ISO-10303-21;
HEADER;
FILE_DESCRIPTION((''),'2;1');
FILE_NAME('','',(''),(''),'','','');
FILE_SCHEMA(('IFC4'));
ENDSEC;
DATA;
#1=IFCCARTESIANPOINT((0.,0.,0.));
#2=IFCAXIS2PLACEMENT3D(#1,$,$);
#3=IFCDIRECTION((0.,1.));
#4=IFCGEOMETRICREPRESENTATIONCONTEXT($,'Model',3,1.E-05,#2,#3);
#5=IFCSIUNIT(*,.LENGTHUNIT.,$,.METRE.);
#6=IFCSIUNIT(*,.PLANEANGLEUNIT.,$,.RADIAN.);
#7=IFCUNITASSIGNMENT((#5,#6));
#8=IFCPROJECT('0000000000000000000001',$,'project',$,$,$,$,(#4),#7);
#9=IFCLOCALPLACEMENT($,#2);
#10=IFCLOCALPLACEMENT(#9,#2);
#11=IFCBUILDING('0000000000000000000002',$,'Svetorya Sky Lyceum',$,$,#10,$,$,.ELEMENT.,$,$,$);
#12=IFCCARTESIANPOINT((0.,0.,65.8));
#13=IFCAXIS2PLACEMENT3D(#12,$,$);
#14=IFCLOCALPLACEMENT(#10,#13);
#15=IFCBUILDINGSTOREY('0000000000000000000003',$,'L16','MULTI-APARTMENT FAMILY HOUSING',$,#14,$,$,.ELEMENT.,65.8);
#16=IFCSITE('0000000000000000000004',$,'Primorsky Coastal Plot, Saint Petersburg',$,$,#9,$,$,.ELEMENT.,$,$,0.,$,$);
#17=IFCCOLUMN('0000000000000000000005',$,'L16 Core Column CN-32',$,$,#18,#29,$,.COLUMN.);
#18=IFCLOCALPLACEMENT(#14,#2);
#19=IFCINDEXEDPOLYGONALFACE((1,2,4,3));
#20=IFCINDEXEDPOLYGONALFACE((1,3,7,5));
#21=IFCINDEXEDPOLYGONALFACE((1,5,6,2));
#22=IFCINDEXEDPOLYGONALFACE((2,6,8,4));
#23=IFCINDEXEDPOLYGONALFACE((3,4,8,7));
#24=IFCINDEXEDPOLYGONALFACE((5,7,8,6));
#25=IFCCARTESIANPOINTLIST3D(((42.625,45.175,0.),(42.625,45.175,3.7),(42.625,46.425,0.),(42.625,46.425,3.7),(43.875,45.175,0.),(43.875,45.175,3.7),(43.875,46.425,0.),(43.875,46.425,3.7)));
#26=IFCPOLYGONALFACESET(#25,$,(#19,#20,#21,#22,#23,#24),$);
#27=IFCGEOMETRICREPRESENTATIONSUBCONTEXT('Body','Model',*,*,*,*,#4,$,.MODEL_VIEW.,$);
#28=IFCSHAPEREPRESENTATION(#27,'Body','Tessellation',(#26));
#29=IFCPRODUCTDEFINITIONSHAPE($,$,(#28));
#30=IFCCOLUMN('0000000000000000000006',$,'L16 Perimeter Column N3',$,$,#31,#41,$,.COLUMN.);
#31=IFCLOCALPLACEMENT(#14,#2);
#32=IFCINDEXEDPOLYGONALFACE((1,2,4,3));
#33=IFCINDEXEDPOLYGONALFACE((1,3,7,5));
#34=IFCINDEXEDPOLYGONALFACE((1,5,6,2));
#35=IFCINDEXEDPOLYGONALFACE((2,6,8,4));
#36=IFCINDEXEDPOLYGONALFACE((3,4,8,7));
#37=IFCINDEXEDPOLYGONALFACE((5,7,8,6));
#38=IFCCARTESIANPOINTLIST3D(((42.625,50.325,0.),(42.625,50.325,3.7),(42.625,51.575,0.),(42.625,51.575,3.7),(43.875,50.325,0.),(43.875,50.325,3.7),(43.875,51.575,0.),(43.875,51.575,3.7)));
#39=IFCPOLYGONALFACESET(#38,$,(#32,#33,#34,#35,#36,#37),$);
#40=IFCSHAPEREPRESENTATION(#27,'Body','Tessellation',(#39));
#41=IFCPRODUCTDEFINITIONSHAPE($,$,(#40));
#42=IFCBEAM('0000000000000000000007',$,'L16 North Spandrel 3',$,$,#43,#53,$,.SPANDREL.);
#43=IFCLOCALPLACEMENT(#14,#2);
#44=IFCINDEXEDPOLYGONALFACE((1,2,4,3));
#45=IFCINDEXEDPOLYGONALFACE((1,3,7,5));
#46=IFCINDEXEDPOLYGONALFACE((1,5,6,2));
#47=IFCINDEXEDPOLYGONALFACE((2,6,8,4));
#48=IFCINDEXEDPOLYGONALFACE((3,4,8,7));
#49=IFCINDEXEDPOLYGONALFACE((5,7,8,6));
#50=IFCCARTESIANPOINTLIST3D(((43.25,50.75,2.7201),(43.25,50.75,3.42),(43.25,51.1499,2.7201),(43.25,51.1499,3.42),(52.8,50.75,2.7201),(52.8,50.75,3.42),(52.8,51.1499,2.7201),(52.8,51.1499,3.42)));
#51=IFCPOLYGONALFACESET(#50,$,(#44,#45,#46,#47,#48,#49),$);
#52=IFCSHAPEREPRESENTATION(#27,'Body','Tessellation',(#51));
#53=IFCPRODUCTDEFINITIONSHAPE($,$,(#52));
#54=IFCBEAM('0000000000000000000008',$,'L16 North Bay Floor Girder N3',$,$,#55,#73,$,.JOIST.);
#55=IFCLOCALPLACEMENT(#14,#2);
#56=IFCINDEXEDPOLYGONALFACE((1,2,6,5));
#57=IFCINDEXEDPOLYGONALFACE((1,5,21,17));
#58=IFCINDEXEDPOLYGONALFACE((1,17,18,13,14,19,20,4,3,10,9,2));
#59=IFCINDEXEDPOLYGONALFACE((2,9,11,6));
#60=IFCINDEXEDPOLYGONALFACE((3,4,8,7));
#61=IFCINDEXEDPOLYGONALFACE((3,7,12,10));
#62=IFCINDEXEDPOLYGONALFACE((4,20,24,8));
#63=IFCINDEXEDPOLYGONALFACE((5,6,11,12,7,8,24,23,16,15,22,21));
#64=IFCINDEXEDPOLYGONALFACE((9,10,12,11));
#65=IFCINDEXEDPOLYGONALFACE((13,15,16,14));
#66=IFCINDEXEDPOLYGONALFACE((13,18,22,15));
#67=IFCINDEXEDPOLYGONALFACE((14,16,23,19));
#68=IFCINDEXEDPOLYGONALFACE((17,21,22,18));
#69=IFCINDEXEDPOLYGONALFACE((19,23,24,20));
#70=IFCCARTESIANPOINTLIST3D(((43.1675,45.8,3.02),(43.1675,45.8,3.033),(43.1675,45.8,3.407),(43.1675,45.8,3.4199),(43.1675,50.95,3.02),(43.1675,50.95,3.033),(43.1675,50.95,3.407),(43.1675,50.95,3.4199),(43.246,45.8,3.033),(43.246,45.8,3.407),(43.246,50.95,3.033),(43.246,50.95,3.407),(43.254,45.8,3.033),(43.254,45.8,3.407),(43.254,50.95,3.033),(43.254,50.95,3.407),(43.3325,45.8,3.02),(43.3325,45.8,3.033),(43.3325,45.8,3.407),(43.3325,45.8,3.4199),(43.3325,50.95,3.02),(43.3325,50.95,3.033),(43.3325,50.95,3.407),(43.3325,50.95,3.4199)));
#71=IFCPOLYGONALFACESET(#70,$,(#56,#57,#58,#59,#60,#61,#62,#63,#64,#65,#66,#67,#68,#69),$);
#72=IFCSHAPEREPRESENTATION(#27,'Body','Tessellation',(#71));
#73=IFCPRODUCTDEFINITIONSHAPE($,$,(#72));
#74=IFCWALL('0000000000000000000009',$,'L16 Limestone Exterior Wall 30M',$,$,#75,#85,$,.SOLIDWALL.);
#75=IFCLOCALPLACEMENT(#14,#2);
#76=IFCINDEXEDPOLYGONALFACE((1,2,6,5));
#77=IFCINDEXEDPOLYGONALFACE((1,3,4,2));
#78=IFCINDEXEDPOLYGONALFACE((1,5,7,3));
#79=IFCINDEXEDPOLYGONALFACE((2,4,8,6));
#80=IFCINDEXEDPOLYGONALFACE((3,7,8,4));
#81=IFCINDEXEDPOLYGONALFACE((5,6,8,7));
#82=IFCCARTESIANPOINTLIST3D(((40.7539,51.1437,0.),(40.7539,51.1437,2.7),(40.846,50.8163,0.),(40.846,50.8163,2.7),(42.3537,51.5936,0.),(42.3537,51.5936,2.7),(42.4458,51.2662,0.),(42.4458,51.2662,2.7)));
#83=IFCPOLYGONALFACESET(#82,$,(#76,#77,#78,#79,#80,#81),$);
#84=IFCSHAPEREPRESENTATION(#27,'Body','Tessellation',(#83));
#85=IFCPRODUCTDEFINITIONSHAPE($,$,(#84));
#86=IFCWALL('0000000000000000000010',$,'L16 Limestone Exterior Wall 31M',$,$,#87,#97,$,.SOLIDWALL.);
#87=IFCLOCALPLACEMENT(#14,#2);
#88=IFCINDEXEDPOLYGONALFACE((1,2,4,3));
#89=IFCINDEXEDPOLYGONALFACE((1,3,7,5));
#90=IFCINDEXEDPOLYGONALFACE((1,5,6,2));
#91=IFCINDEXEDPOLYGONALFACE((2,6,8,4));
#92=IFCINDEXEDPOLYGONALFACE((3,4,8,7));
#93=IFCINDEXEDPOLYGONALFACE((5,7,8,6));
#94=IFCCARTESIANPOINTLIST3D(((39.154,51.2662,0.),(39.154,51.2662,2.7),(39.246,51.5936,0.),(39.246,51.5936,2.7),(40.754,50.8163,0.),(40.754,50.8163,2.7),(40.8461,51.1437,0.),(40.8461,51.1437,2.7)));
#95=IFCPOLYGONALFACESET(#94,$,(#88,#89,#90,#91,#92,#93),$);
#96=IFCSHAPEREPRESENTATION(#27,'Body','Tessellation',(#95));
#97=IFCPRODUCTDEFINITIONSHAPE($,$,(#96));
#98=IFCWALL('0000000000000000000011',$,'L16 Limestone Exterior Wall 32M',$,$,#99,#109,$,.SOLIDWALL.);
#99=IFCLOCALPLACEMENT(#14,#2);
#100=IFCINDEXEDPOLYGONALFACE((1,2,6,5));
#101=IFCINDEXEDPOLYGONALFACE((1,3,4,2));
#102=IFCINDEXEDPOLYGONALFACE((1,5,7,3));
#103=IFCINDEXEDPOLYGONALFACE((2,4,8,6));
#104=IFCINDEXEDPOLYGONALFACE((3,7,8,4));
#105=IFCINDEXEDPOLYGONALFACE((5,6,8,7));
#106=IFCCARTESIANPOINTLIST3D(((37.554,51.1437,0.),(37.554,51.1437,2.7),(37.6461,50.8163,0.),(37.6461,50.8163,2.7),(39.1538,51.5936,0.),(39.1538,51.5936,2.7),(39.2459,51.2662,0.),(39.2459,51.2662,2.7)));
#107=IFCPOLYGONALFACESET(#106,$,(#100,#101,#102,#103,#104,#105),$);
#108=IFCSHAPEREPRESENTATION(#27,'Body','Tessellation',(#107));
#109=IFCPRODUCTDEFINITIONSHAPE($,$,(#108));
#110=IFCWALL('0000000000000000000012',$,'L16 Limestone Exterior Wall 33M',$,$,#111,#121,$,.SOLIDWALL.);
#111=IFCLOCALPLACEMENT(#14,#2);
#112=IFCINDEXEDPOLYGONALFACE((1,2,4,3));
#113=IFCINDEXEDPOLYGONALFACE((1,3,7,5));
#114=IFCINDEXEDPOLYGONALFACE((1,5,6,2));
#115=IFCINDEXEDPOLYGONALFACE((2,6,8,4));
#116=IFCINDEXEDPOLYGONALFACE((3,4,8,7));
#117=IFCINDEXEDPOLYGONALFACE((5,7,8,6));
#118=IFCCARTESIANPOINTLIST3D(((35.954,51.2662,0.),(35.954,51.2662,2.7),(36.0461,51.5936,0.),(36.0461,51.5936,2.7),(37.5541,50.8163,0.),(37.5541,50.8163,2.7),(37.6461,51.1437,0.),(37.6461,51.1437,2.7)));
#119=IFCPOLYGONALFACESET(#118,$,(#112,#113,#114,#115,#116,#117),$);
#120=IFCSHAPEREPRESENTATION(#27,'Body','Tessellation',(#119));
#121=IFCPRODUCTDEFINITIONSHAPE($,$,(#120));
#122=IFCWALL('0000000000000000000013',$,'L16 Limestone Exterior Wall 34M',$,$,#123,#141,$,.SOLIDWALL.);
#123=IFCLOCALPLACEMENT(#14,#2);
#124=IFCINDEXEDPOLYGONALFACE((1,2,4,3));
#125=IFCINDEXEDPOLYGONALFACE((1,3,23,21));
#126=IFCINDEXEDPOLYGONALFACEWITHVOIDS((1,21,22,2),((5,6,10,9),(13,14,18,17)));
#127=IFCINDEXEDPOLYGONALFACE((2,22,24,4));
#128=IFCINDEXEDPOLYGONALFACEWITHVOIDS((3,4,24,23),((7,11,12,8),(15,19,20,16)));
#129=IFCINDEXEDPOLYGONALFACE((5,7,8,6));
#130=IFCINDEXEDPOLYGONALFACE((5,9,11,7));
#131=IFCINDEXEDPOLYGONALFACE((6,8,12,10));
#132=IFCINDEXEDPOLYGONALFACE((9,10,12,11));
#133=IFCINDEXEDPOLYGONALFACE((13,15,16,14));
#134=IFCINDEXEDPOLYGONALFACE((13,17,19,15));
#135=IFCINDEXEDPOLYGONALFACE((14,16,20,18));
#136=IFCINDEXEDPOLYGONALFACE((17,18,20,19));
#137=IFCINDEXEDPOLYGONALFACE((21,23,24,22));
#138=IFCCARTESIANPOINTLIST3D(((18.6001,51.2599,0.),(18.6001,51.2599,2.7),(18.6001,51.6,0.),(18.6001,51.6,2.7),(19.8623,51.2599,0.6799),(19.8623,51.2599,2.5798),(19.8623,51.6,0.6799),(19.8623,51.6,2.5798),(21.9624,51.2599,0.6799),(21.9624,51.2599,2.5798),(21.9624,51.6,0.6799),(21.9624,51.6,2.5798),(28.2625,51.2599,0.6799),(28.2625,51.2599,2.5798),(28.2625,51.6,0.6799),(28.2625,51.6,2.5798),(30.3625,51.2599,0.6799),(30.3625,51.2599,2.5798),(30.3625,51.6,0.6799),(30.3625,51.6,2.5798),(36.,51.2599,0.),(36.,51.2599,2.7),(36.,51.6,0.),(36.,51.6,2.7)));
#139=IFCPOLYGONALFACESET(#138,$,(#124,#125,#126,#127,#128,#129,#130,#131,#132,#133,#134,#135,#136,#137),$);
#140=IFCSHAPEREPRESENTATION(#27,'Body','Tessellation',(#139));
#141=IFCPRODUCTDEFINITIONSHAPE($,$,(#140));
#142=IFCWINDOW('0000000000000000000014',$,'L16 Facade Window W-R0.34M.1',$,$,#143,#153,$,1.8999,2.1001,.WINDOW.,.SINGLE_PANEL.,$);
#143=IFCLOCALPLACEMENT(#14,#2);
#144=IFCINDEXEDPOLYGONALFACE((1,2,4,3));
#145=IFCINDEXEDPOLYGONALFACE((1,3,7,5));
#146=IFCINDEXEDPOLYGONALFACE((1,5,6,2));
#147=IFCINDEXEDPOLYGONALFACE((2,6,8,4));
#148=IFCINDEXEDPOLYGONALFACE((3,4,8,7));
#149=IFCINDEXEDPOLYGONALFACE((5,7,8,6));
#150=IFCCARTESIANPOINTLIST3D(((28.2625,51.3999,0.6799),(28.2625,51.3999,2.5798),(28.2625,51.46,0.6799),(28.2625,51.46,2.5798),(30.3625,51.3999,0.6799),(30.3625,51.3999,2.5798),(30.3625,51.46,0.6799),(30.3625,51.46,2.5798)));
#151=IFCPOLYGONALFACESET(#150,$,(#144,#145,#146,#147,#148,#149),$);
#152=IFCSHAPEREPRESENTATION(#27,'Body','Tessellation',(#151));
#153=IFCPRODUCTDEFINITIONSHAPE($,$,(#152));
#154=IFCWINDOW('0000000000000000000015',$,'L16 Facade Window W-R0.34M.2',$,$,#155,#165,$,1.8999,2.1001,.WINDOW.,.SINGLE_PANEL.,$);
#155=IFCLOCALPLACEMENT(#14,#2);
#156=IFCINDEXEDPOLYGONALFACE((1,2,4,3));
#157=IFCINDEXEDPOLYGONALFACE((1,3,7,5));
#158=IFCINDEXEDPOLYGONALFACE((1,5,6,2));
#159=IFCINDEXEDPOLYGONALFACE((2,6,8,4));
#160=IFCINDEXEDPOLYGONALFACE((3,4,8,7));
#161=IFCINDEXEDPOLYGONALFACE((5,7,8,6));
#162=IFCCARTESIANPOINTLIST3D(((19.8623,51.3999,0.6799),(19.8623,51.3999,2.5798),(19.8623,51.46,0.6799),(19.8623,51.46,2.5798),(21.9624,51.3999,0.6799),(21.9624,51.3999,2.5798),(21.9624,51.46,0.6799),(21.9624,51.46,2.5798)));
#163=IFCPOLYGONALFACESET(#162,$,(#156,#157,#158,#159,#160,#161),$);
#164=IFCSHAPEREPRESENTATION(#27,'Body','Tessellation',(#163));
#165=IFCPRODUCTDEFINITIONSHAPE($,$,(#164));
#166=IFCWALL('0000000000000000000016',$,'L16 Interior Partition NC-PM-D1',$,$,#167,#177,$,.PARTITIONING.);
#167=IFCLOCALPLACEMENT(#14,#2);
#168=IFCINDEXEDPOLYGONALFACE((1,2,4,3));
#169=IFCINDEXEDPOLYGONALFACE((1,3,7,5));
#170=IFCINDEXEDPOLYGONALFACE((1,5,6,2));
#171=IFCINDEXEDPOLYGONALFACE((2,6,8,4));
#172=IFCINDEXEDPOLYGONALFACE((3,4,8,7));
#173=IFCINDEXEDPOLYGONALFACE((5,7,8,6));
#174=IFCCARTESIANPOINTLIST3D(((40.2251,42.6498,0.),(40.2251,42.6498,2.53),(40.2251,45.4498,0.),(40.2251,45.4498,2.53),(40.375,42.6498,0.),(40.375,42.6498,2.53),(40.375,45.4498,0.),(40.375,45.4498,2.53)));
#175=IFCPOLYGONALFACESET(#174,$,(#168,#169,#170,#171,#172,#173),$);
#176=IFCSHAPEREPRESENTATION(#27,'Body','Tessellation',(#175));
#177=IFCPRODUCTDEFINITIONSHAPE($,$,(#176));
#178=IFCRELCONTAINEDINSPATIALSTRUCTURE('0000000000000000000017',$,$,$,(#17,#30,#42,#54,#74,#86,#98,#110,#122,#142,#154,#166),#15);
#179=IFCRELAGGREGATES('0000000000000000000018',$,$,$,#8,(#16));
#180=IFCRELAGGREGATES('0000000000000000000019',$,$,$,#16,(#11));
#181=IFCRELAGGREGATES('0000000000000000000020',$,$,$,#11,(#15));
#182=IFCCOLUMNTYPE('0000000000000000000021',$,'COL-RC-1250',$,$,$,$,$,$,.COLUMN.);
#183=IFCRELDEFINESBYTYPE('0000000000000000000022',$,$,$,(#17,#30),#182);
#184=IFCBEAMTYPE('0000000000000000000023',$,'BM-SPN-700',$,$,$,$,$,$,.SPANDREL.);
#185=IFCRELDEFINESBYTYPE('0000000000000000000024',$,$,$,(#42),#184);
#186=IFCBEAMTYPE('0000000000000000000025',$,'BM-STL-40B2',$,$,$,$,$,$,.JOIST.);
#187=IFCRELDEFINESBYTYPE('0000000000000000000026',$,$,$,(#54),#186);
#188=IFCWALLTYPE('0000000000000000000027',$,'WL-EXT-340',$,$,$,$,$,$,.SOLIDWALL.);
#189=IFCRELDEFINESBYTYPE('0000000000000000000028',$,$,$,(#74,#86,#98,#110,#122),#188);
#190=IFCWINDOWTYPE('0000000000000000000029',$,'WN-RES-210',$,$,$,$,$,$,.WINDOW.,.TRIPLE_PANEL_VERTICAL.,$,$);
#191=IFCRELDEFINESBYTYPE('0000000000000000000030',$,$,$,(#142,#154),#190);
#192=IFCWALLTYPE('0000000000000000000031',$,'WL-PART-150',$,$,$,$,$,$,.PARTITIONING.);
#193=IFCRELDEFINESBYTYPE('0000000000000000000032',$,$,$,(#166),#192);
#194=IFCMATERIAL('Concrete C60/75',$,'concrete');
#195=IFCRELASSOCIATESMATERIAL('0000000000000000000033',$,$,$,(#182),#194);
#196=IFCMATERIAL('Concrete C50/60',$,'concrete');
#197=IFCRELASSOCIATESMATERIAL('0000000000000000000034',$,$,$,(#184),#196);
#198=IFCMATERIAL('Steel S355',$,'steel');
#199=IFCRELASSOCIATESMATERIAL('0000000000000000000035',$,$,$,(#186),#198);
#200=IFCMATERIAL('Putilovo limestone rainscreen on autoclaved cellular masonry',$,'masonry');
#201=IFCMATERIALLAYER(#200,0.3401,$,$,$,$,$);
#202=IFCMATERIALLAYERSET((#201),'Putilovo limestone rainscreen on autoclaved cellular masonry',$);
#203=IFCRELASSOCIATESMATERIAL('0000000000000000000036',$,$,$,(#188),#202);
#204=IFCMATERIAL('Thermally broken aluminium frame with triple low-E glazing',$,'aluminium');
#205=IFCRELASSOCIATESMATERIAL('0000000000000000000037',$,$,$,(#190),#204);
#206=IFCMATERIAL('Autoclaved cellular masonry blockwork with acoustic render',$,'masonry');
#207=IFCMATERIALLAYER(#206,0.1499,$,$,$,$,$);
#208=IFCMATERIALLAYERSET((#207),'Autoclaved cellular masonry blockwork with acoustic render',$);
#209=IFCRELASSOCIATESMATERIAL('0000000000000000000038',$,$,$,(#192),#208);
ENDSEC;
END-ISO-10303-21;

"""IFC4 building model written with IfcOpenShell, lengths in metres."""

from ifc_helpers import new_model, si_unit, direction, frame, frame_2d, origin, origin_2d, place, context, subcontext, project, spatial, rectangle, i_section, extrude, material, layer, layer_set, material_profile, profile_set, type_object, element, fill, save


model = new_model("IFC4")

# Units and contexts
model_context = context("Model", 3, precision=1e-05, world=origin(), true_north=direction((0.0, 1.0)))
body_context = subcontext(model_context, "Body", "Model", "MODEL_VIEW")
ifc_project = project(units=[si_unit("LENGTHUNIT", "METRE"), si_unit("PLANEANGLEUNIT", "RADIAN")], contexts=[model_context])

# Site, building, storey
site_placement = place(None, origin())
site = spatial("IfcSite", under=ifc_project, at=site_placement, Name="Primorsky Coastal Plot, Saint Petersburg", CompositionType="ELEMENT", RefElevation=0.0)
building_placement = place(site_placement, origin())
building = spatial("IfcBuilding", under=site, at=building_placement, Name="Svetorya Sky Lyceum", CompositionType="ELEMENT")
storey_placement = place(building_placement, frame((0.0, 0.0, 65.8)))
storey = spatial("IfcBuildingStorey", under=building, at=storey_placement, Name="L16", Description="MULTI-APARTMENT FAMILY HOUSING", CompositionType="ELEMENT", Elevation=65.8)

# Columns
ifc_material_1 = material(Name="Concrete C60/75", Category="concrete")
ifc_material_profile_1 = material_profile(ifc_material_1, rectangle(XDim=1.25, YDim=1.25, at=origin_2d()), Name="RC COL 1250x1250")
ifc_profile_set_1 = profile_set([ifc_material_profile_1], Name="Concrete C60/75")
column_type = type_object("IfcColumnType", Name="COL-RC-1250", PredefinedType="COLUMN", material=ifc_profile_set_1)
for number, where, z_axis, x_axis, name in (
    (1, (43.25, 45.8, 0.0), (0.0, 0.0, 1.0), (1.0, 0.0, 0.0), "L16 Core Column CN-32"),
    (2, (43.25, 50.95, 0.0), (0.0, 0.0, 1.0), (1.0, 0.0, 0.0), "L16 Perimeter Column N3"),
):
    element("IfcColumn", number, at=place(storey_placement, frame(where, z_axis=z_axis, x_axis=x_axis)), inside=storey, type_object=column_type, Name=name, PredefinedType="COLUMN", context=body_context, shape_type="SweptSolid", body=[
        extrude(rectangle(XDim=1.25, YDim=1.25, at=origin_2d()), origin(), (0.0, 0.0, 1.0), 3.7),
    ])

# Beams
ifc_material_2 = material(Name="Concrete C50/60", Category="concrete")
ifc_material_profile_2 = material_profile(ifc_material_2, rectangle(XDim=0.3999, YDim=0.7, at=origin_2d()), Name="RC SPANDREL 400x700")
ifc_profile_set_2 = profile_set([ifc_material_profile_2], Name="Concrete C50/60")
beam_type_1 = type_object("IfcBeamType", Name="BM-SPN-700", PredefinedType="SPANDREL", material=ifc_profile_set_2)
beam_1_placement = place(storey_placement, frame((43.25, 50.95, 3.0701), z_axis=(1.0, 0.0, 0.0), x_axis=(0.0, 1.0, 0.0)))
element("IfcBeam", 3, at=beam_1_placement, inside=storey, type_object=beam_type_1, Name="L16 North Spandrel 3", PredefinedType="SPANDREL", context=body_context, shape_type="SweptSolid", body=[
    extrude(rectangle(XDim=0.3999, YDim=0.7, at=origin_2d()), origin(), (0.0, 0.0, 1.0), 9.55),
])
ifc_material_3 = material(Name="Steel S355", Category="steel")
ifc_material_profile_3 = material_profile(ifc_material_3, i_section(OverallWidth=0.165, OverallDepth=0.3999, WebThickness=0.0081, FlangeThickness=0.0129, at=origin_2d()), Name="GOST 40B2")
ifc_profile_set_3 = profile_set([ifc_material_profile_3], Name="Steel S355")
beam_type_2 = type_object("IfcBeamType", Name="BM-STL-40B2", PredefinedType="JOIST", material=ifc_profile_set_3)
beam_2_placement = place(storey_placement, frame((43.25, 45.8, 3.22), z_axis=(0.0, 1.0, 0.0), x_axis=(-1.0, 0.0, 0.0)))
element("IfcBeam", 4, at=beam_2_placement, inside=storey, type_object=beam_type_2, Name="L16 North Bay Floor Girder N3", PredefinedType="JOIST", context=body_context, shape_type="SweptSolid", body=[
    extrude(i_section(OverallWidth=0.165, OverallDepth=0.3999, WebThickness=0.0081, FlangeThickness=0.0129, at=origin_2d()), origin(), (0.0, 0.0, 1.0), 5.1499),
])

# Walls
ifc_material_4 = material(Name="Putilovo limestone rainscreen on autoclaved cellular masonry", Category="masonry")
ifc_layer_1 = layer(ifc_material_4, 0.3401)
ifc_layer_set_1 = layer_set([ifc_layer_1], Name="Putilovo limestone rainscreen on autoclaved cellular masonry")
wall_type_1 = type_object("IfcWallType", Name="WL-EXT-340", PredefinedType="SOLIDWALL", material=ifc_layer_set_1)
wall_1_placement = place(storey_placement, frame((42.3999, 51.4299, 0.0), z_axis=(0.0, 0.0, 1.0), x_axis=(-0.962652, -0.270741, 0.0)))
element("IfcWall", 5, at=wall_1_placement, inside=storey, type_object=wall_type_1, Name="L16 Limestone Exterior Wall 30M", PredefinedType="SOLIDWALL", context=body_context, shape_type="SweptSolid", body=[
    extrude(rectangle(XDim=1.6619, YDim=0.3401, at=frame_2d((0.8311, 0.0))), origin(), (0.0, 0.0, 1.0), 2.7),
])
wall_2_placement = place(storey_placement, frame((40.8, 50.98, 0.0), z_axis=(0.0, 0.0, 1.0), x_axis=(-0.962663, 0.270703, 0.0)))
element("IfcWall", 6, at=wall_2_placement, inside=storey, type_object=wall_type_1, Name="L16 Limestone Exterior Wall 31M", PredefinedType="SOLIDWALL", context=body_context, shape_type="SweptSolid", body=[
    extrude(rectangle(XDim=1.6621, YDim=0.3401, at=frame_2d((0.8311, 0.0))), origin(), (0.0, 0.0, 1.0), 2.7),
])
wall_3_placement = place(storey_placement, frame((39.2, 51.4299, 0.0), z_axis=(0.0, 0.0, 1.0), x_axis=(-0.962652, -0.270741, 0.0)))
element("IfcWall", 7, at=wall_3_placement, inside=storey, type_object=wall_type_1, Name="L16 Limestone Exterior Wall 32M", PredefinedType="SOLIDWALL", context=body_context, shape_type="SweptSolid", body=[
    extrude(rectangle(XDim=1.6619, YDim=0.3401, at=frame_2d((0.8311, 0.0))), origin(), (0.0, 0.0, 1.0), 2.7),
])
wall_4_placement = place(storey_placement, frame((37.6001, 50.98, 0.0), z_axis=(0.0, 0.0, 1.0), x_axis=(-0.962663, 0.270703, 0.0)))
element("IfcWall", 8, at=wall_4_placement, inside=storey, type_object=wall_type_1, Name="L16 Limestone Exterior Wall 33M", PredefinedType="SOLIDWALL", context=body_context, shape_type="SweptSolid", body=[
    extrude(rectangle(XDim=1.6621, YDim=0.3401, at=frame_2d((0.8311, 0.0))), origin(), (0.0, 0.0, 1.0), 2.7),
])

# Wall, openings, windows
wall_5_placement = place(storey_placement, frame((36.0, 51.4299, 0.0), z_axis=(0.0, 0.0, 1.0), x_axis=(-1.0, 0.0, 0.0)))
wall_5 = element("IfcWall", 9, at=wall_5_placement, inside=storey, type_object=wall_type_1, Name="L16 Limestone Exterior Wall 34M", PredefinedType="SOLIDWALL", context=body_context, shape_type="SweptSolid", body=[
    extrude(rectangle(XDim=17.3999, YDim=0.3401, at=frame_2d((8.7, 0.0))), origin(), (0.0, 0.0, 1.0), 2.7),
])
opening_1_placement = place(wall_5_placement, frame((5.6375, 0.0, 0.6799)))
opening_1 = element("IfcOpeningElement", 10, at=opening_1_placement, cuts=wall_5, PredefinedType="OPENING", context=body_context, shape_type="SweptSolid", body=[
    extrude(rectangle(XDim=2.1001, YDim=1.8999, at=frame_2d((1.05, 0.95))), frame((0.0, 0.1799, 0.0), z_axis=(0.0, -1.0, 0.0), x_axis=(1.0, 0.0, 0.0)), (0.0, 0.0, 1.0), 0.3601),
])
opening_2_placement = place(wall_5_placement, frame((14.0376, 0.0, 0.6799)))
opening_2 = element("IfcOpeningElement", 11, at=opening_2_placement, cuts=wall_5, PredefinedType="OPENING", context=body_context, shape_type="SweptSolid", body=[
    extrude(rectangle(XDim=2.1001, YDim=1.8999, at=frame_2d((1.05, 0.95))), frame((0.0, 0.1799, 0.0), z_axis=(0.0, -1.0, 0.0), x_axis=(1.0, 0.0, 0.0)), (0.0, 0.0, 1.0), 0.3601),
])
ifc_material_5 = material(Name="Thermally broken aluminium frame with triple low-E glazing", Category="aluminium")
window_type = type_object("IfcWindowType", Name="WN-RES-210", PartitioningType="TRIPLE_PANEL_VERTICAL", PredefinedType="WINDOW", material=ifc_material_5)
window_1_placement = place(opening_1_placement, origin())
window_1 = element("IfcWindow", 12, at=window_1_placement, inside=storey, type_object=window_type, Name="L16 Facade Window W-R0.34M.1", OverallHeight=1.8999, OverallWidth=2.1001, PartitioningType="SINGLE_PANEL", PredefinedType="WINDOW", context=body_context, shape_type="SweptSolid", body=[
    extrude(rectangle(XDim=2.1001, YDim=1.8999, at=frame_2d((1.05, 0.95))), frame((0.0, 0.03, 0.0), z_axis=(0.0, -1.0, 0.0), x_axis=(1.0, 0.0, 0.0)), (0.0, 0.0, 1.0), 0.0601),
])
fill(opening_1, window_1)
window_2_placement = place(opening_2_placement, origin())
window_2 = element("IfcWindow", 13, at=window_2_placement, inside=storey, type_object=window_type, Name="L16 Facade Window W-R0.34M.2", OverallHeight=1.8999, OverallWidth=2.1001, PartitioningType="SINGLE_PANEL", PredefinedType="WINDOW", context=body_context, shape_type="SweptSolid", body=[
    extrude(rectangle(XDim=2.1001, YDim=1.8999, at=frame_2d((1.05, 0.95))), frame((0.0, 0.03, 0.0), z_axis=(0.0, -1.0, 0.0), x_axis=(1.0, 0.0, 0.0)), (0.0, 0.0, 1.0), 0.0601),
])
fill(opening_2, window_2)

# Wall
ifc_material_6 = material(Name="Autoclaved cellular masonry blockwork with acoustic render", Category="masonry")
ifc_layer_2 = layer(ifc_material_6, 0.1499)
ifc_layer_set_2 = layer_set([ifc_layer_2], Name="Autoclaved cellular masonry blockwork with acoustic render")
wall_type_2 = type_object("IfcWallType", Name="WL-PART-150", PredefinedType="PARTITIONING", material=ifc_layer_set_2)
for number, where, z_axis, x_axis, name in (
    (14, (40.3, 42.6499, 0.0), (0.0, 0.0, 1.0), (0.0, 1.0, 0.0), "L16 Interior Partition NC-PM-D1"),
):
    element("IfcWall", number, at=place(storey_placement, frame(where, z_axis=z_axis, x_axis=x_axis)), inside=storey, type_object=wall_type_2, Name=name, PredefinedType="PARTITIONING", context=body_context, shape_type="SweptSolid", body=[
        extrude(rectangle(XDim=2.8, YDim=0.1499, at=frame_2d((1.3999, 0.0))), origin(), (0.0, 0.0, 1.0), 2.53),
    ])

save(model, "model.ifc")
